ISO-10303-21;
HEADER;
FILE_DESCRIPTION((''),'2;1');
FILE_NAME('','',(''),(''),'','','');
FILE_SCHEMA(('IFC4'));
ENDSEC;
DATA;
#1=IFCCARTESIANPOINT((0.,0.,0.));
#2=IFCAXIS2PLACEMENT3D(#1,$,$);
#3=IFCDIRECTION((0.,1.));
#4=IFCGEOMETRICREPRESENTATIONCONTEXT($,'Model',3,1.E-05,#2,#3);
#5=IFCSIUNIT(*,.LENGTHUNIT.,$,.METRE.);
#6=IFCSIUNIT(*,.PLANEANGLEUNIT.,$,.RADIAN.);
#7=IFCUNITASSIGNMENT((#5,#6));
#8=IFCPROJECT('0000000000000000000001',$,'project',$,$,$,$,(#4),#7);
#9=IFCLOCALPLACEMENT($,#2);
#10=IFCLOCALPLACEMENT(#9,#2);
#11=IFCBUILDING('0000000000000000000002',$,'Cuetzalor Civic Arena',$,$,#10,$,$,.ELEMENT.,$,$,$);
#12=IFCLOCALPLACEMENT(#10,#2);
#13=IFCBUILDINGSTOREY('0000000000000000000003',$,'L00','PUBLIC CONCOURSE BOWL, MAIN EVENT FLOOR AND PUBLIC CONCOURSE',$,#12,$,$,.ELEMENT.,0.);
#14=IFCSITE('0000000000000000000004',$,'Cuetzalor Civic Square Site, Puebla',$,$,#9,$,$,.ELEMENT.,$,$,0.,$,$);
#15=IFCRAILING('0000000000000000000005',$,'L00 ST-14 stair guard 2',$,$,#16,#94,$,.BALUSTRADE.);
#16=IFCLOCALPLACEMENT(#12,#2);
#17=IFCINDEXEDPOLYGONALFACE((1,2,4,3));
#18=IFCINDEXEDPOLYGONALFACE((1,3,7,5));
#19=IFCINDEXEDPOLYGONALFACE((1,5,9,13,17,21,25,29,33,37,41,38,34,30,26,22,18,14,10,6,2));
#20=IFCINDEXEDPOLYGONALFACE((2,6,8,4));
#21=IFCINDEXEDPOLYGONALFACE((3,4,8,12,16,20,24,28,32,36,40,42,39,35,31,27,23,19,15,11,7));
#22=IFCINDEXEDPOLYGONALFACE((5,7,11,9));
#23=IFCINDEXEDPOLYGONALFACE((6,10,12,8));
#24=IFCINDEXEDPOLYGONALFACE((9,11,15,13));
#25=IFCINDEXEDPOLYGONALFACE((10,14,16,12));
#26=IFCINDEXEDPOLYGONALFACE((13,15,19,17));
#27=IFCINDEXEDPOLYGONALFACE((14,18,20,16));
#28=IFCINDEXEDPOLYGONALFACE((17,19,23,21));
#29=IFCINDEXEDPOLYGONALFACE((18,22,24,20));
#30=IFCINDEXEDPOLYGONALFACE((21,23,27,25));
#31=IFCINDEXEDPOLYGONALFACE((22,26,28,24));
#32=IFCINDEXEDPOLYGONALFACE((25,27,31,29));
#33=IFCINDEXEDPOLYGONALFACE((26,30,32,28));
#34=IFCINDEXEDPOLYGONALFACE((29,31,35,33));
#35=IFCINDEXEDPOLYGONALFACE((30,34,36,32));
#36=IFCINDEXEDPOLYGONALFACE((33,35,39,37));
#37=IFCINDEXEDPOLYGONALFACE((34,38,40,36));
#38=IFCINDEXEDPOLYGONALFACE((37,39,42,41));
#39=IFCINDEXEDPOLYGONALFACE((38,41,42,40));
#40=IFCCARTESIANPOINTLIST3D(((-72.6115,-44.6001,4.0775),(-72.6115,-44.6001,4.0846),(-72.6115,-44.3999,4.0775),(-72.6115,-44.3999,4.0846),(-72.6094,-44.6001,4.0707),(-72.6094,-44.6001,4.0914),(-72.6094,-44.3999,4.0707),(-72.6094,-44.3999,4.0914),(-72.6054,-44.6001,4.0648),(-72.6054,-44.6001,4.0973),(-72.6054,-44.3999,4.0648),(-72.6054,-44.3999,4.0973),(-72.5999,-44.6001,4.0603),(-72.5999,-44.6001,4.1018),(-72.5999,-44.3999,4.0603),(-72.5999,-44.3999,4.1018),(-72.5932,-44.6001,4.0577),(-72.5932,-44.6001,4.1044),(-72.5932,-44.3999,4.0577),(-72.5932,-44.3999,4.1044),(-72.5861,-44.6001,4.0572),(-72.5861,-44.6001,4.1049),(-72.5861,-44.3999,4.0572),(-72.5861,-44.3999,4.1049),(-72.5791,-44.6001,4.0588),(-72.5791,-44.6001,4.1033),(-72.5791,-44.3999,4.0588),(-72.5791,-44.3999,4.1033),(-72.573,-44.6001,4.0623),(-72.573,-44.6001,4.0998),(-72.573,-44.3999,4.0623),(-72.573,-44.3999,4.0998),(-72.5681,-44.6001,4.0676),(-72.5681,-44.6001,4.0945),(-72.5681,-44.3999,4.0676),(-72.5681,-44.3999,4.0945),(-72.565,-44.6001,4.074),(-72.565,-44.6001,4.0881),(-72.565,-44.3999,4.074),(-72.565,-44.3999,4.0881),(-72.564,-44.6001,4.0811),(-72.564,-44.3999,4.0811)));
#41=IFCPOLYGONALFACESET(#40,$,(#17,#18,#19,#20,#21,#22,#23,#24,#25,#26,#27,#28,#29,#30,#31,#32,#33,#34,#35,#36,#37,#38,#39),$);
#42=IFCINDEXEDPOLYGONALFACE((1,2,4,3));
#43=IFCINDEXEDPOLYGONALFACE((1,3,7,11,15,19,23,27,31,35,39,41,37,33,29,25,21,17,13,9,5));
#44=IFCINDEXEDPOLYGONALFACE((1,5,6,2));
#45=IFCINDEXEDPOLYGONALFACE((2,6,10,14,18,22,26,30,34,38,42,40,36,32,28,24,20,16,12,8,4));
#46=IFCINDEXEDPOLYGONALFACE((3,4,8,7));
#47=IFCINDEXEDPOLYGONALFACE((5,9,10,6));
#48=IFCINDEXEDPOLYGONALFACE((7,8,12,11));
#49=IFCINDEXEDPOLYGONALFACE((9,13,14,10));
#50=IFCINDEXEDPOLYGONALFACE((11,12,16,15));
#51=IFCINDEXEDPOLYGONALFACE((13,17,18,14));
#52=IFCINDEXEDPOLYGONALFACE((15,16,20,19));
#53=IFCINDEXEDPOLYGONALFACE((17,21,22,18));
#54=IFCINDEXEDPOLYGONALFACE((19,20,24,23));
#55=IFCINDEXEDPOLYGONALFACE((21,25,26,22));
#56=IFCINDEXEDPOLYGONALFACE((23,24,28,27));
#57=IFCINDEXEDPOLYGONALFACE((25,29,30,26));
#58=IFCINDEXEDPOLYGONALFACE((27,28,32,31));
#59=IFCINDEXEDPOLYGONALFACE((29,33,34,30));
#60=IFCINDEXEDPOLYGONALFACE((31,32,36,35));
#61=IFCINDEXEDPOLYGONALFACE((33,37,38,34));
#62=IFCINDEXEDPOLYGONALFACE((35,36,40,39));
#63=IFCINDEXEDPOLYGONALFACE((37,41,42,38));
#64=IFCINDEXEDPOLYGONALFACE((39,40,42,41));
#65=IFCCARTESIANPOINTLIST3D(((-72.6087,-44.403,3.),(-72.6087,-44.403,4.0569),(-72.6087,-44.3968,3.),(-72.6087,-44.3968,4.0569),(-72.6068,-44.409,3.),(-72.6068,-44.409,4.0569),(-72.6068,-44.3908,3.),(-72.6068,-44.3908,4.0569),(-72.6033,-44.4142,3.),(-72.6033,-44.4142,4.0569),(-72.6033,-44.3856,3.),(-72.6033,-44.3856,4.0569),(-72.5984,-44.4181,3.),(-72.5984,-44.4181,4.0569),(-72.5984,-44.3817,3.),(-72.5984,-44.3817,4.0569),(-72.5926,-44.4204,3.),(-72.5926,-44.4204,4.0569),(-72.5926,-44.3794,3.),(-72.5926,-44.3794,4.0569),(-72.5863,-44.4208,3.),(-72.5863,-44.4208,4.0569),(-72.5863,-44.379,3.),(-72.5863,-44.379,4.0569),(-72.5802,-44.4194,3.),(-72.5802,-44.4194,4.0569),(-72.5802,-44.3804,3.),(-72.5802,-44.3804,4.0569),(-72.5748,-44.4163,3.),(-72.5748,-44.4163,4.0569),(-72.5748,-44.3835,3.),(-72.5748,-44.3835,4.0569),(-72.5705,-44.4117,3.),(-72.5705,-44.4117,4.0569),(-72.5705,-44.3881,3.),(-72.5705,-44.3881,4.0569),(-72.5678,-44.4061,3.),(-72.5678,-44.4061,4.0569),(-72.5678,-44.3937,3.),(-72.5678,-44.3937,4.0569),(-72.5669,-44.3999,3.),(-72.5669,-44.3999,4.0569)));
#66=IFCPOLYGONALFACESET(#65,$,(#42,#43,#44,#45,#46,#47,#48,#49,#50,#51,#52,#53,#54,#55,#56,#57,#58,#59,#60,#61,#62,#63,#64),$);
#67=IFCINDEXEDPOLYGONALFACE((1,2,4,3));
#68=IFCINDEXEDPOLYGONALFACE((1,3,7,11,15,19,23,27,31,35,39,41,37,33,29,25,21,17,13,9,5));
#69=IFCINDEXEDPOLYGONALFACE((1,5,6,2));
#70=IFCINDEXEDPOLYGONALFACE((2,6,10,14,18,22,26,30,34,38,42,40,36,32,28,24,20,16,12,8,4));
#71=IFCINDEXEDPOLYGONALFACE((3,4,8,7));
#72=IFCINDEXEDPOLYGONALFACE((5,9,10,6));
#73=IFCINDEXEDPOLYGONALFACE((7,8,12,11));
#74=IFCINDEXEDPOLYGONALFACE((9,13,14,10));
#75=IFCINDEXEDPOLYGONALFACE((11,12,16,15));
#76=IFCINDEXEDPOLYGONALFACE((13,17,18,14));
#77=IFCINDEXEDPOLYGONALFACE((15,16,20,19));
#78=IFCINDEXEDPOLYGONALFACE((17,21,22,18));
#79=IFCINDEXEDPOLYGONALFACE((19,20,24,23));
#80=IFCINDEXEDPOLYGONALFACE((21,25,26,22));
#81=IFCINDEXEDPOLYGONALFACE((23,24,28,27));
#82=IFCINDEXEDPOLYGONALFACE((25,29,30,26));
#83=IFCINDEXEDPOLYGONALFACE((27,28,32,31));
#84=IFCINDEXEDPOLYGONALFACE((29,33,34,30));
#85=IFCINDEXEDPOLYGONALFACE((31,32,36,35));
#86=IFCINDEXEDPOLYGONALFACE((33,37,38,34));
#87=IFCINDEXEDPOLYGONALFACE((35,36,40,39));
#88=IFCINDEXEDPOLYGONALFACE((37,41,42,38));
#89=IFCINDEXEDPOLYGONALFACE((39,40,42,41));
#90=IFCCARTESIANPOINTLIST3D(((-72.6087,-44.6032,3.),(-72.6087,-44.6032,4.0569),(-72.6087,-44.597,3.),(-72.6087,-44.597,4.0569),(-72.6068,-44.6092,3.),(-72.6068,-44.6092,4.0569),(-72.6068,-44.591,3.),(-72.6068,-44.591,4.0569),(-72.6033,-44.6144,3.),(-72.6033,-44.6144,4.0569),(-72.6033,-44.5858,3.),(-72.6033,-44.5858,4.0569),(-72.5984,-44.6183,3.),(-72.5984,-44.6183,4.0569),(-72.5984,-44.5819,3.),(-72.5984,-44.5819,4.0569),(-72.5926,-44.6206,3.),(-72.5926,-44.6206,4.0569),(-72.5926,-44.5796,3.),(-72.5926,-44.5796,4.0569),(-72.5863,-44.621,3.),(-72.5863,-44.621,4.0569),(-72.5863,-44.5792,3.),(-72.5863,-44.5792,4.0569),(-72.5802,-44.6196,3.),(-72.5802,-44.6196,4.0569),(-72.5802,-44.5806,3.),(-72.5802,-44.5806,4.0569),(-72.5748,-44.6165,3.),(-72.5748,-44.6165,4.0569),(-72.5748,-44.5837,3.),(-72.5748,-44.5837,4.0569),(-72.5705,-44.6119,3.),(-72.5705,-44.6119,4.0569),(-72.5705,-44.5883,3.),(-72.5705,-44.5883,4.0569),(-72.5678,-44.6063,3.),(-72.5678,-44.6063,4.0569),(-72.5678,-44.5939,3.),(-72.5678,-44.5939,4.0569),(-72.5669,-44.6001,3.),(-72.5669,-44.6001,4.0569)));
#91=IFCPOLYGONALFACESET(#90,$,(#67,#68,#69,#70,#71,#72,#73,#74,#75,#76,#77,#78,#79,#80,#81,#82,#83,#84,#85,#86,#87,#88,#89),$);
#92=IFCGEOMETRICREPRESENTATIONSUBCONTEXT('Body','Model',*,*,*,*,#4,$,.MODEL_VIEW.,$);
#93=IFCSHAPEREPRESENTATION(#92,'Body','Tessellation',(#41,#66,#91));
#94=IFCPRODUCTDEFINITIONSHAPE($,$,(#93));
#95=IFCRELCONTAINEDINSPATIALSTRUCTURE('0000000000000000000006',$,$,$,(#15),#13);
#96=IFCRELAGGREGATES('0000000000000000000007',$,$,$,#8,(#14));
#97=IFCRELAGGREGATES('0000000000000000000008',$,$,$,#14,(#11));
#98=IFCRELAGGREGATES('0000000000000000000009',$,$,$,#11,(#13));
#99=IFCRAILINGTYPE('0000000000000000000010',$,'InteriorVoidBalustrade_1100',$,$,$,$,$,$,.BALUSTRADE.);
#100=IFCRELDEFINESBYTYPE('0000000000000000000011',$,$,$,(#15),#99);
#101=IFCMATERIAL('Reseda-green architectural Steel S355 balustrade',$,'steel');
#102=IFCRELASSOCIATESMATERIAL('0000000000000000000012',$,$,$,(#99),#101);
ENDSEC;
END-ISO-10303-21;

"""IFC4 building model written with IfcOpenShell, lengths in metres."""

from ifc_helpers import new_model, si_unit, direction, frame, origin, origin_2d, place, context, subcontext, project, spatial, circle, extrude, material, type_object, element, save


model = new_model("IFC4")

# Units and contexts
model_context = context("Model", 3, precision=1e-05, world=origin(), true_north=direction((0.0, 1.0)))
body_context = subcontext(model_context, "Body", "Model", "MODEL_VIEW")
ifc_project = project(units=[si_unit("LENGTHUNIT", "METRE"), si_unit("PLANEANGLEUNIT", "RADIAN")], contexts=[model_context])

# Site, building, storey
site_placement = place(None, origin())
site = spatial("IfcSite", under=ifc_project, at=site_placement, Name="Cuetzalor Civic Square Site, Puebla", CompositionType="ELEMENT", RefElevation=0.0)
building_placement = place(site_placement, origin())
building = spatial("IfcBuilding", under=site, at=building_placement, Name="Cuetzalor Civic Arena", CompositionType="ELEMENT")
storey_placement = place(building_placement, origin())
storey = spatial("IfcBuildingStorey", under=building, at=storey_placement, Name="L00", Description="PUBLIC CONCOURSE BOWL, MAIN EVENT FLOOR AND PUBLIC CONCOURSE", CompositionType="ELEMENT", Elevation=0.0)

# Railing
ifc_material_1 = material(Name="Reseda-green architectural Steel S355 balustrade", Category="steel")
railing_type_1 = type_object("IfcRailingType", Name="InteriorVoidBalustrade_1100", PredefinedType="BALUSTRADE", material=ifc_material_1)
railing_1_placement = place(storey_placement, frame((-72.5879, -44.3999, 3.0)))
element("IfcRailing", 1, at=railing_1_placement, inside=storey, type_object=railing_type_1, Name="L00 ST-14 stair guard 2", PredefinedType="BALUSTRADE", context=body_context, shape_type="SweptSolid", body=[
    extrude(circle(Radius=0.0239, at=origin_2d()), frame((0.0, 0.0, 1.0811), z_axis=(0.0, -1.0, 0.0), x_axis=(1.0, 0.0, 0.0)), (0.0, 0.0, 1.0), 0.2002),
    extrude(circle(Radius=0.021, at=origin_2d()), origin(), (0.0, 0.0, 1.0), 1.0569),
    extrude(circle(Radius=0.021, at=origin_2d()), frame((0.0, -0.2002, 0.0)), (0.0, 0.0, 1.0), 1.0569),
])

save(model, "model.ifc")
